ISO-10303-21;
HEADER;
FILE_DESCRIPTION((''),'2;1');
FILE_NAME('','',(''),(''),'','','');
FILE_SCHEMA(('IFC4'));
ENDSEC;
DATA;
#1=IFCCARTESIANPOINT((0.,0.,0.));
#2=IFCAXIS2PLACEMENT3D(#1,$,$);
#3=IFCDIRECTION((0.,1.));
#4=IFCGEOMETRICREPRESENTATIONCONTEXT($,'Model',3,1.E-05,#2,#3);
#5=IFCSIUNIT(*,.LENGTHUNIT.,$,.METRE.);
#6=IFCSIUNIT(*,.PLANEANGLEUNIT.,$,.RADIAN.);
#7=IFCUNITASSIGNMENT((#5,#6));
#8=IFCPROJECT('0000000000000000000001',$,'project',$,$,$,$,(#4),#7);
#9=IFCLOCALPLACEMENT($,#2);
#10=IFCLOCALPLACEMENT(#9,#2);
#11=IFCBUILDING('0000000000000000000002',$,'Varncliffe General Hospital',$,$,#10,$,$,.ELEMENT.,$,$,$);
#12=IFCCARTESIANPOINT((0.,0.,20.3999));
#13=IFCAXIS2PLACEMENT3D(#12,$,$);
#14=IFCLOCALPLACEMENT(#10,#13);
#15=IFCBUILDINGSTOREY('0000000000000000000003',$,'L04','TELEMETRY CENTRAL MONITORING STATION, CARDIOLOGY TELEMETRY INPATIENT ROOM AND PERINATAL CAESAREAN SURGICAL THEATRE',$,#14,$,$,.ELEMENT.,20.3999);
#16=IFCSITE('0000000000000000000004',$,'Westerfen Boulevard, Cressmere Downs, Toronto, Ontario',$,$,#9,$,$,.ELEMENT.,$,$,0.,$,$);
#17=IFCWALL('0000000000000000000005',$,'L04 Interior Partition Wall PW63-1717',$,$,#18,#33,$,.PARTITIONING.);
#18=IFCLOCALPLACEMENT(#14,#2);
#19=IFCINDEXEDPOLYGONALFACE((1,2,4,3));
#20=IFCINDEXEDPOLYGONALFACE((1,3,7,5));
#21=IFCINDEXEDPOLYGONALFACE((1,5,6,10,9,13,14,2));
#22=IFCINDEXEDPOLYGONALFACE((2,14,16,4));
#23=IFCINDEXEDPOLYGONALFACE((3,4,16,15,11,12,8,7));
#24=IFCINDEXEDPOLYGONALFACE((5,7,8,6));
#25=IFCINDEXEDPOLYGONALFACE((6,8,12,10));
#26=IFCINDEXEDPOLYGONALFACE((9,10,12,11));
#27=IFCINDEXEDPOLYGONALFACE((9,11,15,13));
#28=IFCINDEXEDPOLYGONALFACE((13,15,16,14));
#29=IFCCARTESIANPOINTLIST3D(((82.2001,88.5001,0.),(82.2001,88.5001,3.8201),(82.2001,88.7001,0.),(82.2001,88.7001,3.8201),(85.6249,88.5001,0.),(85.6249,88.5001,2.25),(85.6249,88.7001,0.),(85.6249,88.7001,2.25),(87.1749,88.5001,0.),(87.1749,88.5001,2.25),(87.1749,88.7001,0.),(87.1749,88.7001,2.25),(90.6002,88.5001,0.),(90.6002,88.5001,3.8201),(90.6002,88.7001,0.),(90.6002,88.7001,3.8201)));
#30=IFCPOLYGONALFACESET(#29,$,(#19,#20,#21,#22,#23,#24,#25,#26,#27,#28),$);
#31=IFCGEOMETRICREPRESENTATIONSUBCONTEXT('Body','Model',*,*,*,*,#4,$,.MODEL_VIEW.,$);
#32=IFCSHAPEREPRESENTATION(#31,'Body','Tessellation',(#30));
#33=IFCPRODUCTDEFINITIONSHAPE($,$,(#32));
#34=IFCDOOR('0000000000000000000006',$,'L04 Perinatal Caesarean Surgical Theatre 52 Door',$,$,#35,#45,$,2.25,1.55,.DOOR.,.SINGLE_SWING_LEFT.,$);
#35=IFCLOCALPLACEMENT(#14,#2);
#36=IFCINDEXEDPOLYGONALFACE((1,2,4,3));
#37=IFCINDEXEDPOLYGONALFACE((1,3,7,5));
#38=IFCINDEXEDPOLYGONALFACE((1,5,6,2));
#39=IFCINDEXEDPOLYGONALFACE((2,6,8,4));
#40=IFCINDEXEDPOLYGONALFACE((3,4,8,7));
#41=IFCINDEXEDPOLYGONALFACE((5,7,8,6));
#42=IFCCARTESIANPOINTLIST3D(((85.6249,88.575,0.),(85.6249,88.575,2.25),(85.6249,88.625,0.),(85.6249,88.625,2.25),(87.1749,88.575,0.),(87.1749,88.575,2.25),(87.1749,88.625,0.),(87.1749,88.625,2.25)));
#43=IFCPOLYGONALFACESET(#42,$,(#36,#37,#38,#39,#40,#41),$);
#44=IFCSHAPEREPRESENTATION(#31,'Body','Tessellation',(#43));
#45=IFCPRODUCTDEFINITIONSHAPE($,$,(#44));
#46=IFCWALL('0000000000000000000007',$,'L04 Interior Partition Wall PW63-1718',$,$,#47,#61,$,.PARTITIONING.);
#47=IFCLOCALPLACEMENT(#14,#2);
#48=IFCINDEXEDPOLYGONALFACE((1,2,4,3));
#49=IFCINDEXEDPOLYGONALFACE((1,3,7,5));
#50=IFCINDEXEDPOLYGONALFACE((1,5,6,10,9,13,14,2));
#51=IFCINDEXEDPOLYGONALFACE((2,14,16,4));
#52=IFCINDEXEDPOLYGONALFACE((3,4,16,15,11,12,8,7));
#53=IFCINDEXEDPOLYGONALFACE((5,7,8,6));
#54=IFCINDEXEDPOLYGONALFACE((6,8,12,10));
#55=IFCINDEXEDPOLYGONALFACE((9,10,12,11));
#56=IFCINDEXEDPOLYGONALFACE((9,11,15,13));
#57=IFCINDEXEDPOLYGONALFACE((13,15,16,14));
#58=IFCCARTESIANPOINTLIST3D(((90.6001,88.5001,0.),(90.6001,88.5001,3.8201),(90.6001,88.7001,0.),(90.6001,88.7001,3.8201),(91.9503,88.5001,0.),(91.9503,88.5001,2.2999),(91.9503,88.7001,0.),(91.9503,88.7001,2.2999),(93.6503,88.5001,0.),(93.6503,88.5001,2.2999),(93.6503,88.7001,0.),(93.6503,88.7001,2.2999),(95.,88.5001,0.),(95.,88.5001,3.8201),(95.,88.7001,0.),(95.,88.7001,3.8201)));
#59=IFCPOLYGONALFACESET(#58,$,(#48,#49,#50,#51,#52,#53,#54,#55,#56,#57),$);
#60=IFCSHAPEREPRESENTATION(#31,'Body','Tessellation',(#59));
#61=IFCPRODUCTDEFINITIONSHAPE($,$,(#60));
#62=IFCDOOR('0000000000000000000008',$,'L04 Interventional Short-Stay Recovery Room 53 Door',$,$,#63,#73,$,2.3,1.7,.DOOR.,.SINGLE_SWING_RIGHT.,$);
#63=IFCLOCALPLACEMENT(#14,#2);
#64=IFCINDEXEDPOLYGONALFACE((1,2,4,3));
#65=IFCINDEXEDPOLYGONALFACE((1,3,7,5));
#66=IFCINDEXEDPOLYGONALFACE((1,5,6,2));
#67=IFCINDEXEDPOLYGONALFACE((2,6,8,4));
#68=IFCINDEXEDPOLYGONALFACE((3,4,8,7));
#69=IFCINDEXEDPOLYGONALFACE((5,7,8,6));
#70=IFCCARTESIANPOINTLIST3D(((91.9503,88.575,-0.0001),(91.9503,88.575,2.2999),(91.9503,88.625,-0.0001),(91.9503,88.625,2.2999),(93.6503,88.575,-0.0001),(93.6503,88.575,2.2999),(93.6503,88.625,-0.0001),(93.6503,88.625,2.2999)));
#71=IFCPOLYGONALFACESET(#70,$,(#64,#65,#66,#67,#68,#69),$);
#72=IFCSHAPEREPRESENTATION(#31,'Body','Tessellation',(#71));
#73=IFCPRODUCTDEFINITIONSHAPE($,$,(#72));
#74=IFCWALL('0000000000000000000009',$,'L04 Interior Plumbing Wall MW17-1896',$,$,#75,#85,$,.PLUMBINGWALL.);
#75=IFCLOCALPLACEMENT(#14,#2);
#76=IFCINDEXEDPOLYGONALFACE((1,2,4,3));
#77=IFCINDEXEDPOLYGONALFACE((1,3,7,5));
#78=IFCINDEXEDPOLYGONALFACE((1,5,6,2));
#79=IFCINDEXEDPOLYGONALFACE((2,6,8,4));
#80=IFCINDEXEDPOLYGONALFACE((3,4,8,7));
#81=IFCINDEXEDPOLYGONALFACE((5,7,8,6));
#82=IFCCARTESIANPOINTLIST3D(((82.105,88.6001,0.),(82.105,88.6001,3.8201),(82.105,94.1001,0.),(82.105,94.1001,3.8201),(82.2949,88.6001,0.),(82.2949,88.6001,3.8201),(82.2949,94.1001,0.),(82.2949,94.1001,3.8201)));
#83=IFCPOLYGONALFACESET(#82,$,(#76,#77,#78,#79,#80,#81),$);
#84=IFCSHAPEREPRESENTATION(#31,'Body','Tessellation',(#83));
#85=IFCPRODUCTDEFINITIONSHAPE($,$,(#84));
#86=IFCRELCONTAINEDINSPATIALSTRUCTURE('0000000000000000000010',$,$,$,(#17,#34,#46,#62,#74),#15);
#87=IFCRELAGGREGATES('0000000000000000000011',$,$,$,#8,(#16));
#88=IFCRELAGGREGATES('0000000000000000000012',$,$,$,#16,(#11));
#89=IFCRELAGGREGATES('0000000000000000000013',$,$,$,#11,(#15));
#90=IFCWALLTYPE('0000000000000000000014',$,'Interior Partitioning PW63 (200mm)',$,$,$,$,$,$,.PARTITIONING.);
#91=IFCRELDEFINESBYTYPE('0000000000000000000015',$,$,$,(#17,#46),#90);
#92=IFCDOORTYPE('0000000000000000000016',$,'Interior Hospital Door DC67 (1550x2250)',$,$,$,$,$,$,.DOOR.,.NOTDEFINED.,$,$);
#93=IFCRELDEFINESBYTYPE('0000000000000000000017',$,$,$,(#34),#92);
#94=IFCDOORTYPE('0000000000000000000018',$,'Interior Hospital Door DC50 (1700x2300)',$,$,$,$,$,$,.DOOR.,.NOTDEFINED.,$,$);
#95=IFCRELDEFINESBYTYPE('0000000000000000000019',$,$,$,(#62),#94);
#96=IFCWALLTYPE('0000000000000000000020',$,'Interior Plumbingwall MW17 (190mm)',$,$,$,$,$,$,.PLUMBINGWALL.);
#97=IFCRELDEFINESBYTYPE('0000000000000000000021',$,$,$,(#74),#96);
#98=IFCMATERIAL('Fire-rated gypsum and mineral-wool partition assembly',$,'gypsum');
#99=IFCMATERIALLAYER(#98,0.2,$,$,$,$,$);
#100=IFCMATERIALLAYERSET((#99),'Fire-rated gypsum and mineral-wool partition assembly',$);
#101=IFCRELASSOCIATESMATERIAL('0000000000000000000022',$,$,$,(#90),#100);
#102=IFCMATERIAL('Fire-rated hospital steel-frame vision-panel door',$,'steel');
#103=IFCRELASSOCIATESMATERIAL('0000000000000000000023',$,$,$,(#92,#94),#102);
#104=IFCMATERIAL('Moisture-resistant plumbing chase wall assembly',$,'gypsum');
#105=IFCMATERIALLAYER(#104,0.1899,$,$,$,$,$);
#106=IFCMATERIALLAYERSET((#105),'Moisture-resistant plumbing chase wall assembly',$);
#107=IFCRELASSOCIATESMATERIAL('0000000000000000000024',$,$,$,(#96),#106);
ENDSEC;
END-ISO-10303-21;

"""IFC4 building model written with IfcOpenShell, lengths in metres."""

from ifc_helpers import new_model, si_unit, direction, frame, frame_2d, origin, place, context, subcontext, project, spatial, rectangle, extrude, material, layer, layer_set, type_object, element, fill, save


model = new_model("IFC4")

# Units and contexts
model_context = context("Model", 3, precision=1e-05, world=origin(), true_north=direction((0.0, 1.0)))
body_context = subcontext(model_context, "Body", "Model", "MODEL_VIEW")
ifc_project = project(units=[si_unit("LENGTHUNIT", "METRE"), si_unit("PLANEANGLEUNIT", "RADIAN")], contexts=[model_context])

# Site, building, storey
site_placement = place(None, origin())
site = spatial("IfcSite", under=ifc_project, at=site_placement, Name="Westerfen Boulevard, Cressmere Downs, Toronto, Ontario", CompositionType="ELEMENT", RefElevation=0.0)
building_placement = place(site_placement, origin())
building = spatial("IfcBuilding", under=site, at=building_placement, Name="Varncliffe General Hospital", CompositionType="ELEMENT")
storey_placement = place(building_placement, frame((0.0, 0.0, 20.3999)))
storey = spatial("IfcBuildingStorey", under=building, at=storey_placement, Name="L04", Description="TELEMETRY CENTRAL MONITORING STATION, CARDIOLOGY TELEMETRY INPATIENT ROOM AND PERINATAL CAESAREAN SURGICAL THEATRE", CompositionType="ELEMENT", Elevation=20.3999)

# Shared definitions
ifc_material_1 = material(Name="Fire-rated gypsum and mineral-wool partition assembly", Category="gypsum")

# Walls, openings, doors
ifc_layer_1 = layer(ifc_material_1, 0.2)
ifc_layer_set_1 = layer_set([ifc_layer_1], Name="Fire-rated gypsum and mineral-wool partition assembly")
wall_type_1 = type_object("IfcWallType", Name="Interior Partitioning PW63 (200mm)", PredefinedType="PARTITIONING", material=ifc_layer_set_1)
wall_1_placement = place(storey_placement, frame((82.2, 88.6001, 0.0), z_axis=(0.0, 0.0, 1.0), x_axis=(1.0, 0.0, 0.0)))
wall_1 = element("IfcWall", 1, at=wall_1_placement, inside=storey, type_object=wall_type_1, Name="L04 Interior Partition Wall PW63-1717", PredefinedType="PARTITIONING", context=body_context, shape_type="SweptSolid", body=[
    extrude(rectangle(XDim=8.4001, YDim=0.2, at=frame_2d((4.2002, 0.0))), origin(), (0.0, 0.0, 1.0), 3.8201),
])
opening_1_placement = place(wall_1_placement, frame((3.425, 0.0, 0.0)))
opening_1 = element("IfcOpeningElement", 2, at=opening_1_placement, cuts=wall_1, PredefinedType="OPENING", context=body_context, shape_type="SweptSolid", body=[
    extrude(rectangle(XDim=1.55, YDim=2.25, at=frame_2d((0.7749, 1.125))), frame((0.0, 0.1099, 0.0), z_axis=(0.0, -1.0, 0.0), x_axis=(1.0, 0.0, 0.0)), (0.0, 0.0, 1.0), 0.22),
])
ifc_material_2 = material(Name="Fire-rated hospital steel-frame vision-panel door", Category="steel")
door_type_1 = type_object("IfcDoorType", Name="Interior Hospital Door DC67 (1550x2250)", OperationType="NOTDEFINED", PredefinedType="DOOR", material=ifc_material_2)
door_1_placement = place(opening_1_placement, origin())
door_1 = element("IfcDoor", 3, at=door_1_placement, inside=storey, type_object=door_type_1, Name="L04 Perinatal Caesarean Surgical Theatre 52 Door", OperationType="SINGLE_SWING_LEFT", OverallHeight=2.25, OverallWidth=1.55, PredefinedType="DOOR", context=body_context, shape_type="SweptSolid", body=[
    extrude(rectangle(XDim=1.55, YDim=2.25, at=frame_2d((0.7749, 1.125))), frame((0.0, 0.0249, 0.0), z_axis=(0.0, -1.0, 0.0), x_axis=(1.0, 0.0, 0.0)), (0.0, 0.0, 1.0), 0.05),
])
fill(opening_1, door_1)
wall_2_placement = place(storey_placement, frame((90.6001, 88.6001, 0.0), z_axis=(0.0, 0.0, 1.0), x_axis=(1.0, 0.0, 0.0)))
wall_2 = element("IfcWall", 4, at=wall_2_placement, inside=storey, type_object=wall_type_1, Name="L04 Interior Partition Wall PW63-1718", PredefinedType="PARTITIONING", context=body_context, shape_type="SweptSolid", body=[
    extrude(rectangle(XDim=4.3999, YDim=0.2, at=frame_2d((2.2, 0.0))), origin(), (0.0, 0.0, 1.0), 3.8201),
])
opening_2_placement = place(wall_2_placement, frame((1.3501, 0.0, 0.0)))
opening_2 = element("IfcOpeningElement", 5, at=opening_2_placement, cuts=wall_2, PredefinedType="OPENING", context=body_context, shape_type="SweptSolid", body=[
    extrude(rectangle(XDim=1.7, YDim=2.3, at=frame_2d((0.8501, 1.1499))), frame((0.0, 0.1099, 0.0), z_axis=(0.0, -1.0, 0.0), x_axis=(1.0, 0.0, 0.0)), (0.0, 0.0, 1.0), 0.22),
])
door_type_2 = type_object("IfcDoorType", Name="Interior Hospital Door DC50 (1700x2300)", OperationType="NOTDEFINED", PredefinedType="DOOR", material=ifc_material_2)
door_2_placement = place(opening_2_placement, origin())
door_2 = element("IfcDoor", 6, at=door_2_placement, inside=storey, type_object=door_type_2, Name="L04 Interventional Short-Stay Recovery Room 53 Door", OperationType="SINGLE_SWING_RIGHT", OverallHeight=2.3, OverallWidth=1.7, PredefinedType="DOOR", context=body_context, shape_type="SweptSolid", body=[
    extrude(rectangle(XDim=1.7, YDim=2.3, at=frame_2d((0.8501, 1.1499))), frame((0.0, 0.0249, 0.0), z_axis=(0.0, -1.0, 0.0), x_axis=(1.0, 0.0, 0.0)), (0.0, 0.0, 1.0), 0.05),
])
fill(opening_2, door_2)

# Wall
ifc_material_3 = material(Name="Moisture-resistant plumbing chase wall assembly", Category="gypsum")
ifc_layer_2 = layer(ifc_material_3, 0.1899)
ifc_layer_set_2 = layer_set([ifc_layer_2], Name="Moisture-resistant plumbing chase wall assembly")
wall_type_2 = type_object("IfcWallType", Name="Interior Plumbingwall MW17 (190mm)", PredefinedType="PLUMBINGWALL", material=ifc_layer_set_2)
wall_3_placement = place(storey_placement, frame((82.2, 88.6001, 0.0), z_axis=(0.0, 0.0, 1.0), x_axis=(0.0, 1.0, 0.0)))
element("IfcWall", 7, at=wall_3_placement, inside=storey, type_object=wall_type_2, Name="L04 Interior Plumbing Wall MW17-1896", PredefinedType="PLUMBINGWALL", context=body_context, shape_type="SweptSolid", body=[
    extrude(rectangle(XDim=5.5, YDim=0.1899, at=frame_2d((2.75, 0.0))), origin(), (0.0, 0.0, 1.0), 3.8201),
])

save(model, "model.ifc")
